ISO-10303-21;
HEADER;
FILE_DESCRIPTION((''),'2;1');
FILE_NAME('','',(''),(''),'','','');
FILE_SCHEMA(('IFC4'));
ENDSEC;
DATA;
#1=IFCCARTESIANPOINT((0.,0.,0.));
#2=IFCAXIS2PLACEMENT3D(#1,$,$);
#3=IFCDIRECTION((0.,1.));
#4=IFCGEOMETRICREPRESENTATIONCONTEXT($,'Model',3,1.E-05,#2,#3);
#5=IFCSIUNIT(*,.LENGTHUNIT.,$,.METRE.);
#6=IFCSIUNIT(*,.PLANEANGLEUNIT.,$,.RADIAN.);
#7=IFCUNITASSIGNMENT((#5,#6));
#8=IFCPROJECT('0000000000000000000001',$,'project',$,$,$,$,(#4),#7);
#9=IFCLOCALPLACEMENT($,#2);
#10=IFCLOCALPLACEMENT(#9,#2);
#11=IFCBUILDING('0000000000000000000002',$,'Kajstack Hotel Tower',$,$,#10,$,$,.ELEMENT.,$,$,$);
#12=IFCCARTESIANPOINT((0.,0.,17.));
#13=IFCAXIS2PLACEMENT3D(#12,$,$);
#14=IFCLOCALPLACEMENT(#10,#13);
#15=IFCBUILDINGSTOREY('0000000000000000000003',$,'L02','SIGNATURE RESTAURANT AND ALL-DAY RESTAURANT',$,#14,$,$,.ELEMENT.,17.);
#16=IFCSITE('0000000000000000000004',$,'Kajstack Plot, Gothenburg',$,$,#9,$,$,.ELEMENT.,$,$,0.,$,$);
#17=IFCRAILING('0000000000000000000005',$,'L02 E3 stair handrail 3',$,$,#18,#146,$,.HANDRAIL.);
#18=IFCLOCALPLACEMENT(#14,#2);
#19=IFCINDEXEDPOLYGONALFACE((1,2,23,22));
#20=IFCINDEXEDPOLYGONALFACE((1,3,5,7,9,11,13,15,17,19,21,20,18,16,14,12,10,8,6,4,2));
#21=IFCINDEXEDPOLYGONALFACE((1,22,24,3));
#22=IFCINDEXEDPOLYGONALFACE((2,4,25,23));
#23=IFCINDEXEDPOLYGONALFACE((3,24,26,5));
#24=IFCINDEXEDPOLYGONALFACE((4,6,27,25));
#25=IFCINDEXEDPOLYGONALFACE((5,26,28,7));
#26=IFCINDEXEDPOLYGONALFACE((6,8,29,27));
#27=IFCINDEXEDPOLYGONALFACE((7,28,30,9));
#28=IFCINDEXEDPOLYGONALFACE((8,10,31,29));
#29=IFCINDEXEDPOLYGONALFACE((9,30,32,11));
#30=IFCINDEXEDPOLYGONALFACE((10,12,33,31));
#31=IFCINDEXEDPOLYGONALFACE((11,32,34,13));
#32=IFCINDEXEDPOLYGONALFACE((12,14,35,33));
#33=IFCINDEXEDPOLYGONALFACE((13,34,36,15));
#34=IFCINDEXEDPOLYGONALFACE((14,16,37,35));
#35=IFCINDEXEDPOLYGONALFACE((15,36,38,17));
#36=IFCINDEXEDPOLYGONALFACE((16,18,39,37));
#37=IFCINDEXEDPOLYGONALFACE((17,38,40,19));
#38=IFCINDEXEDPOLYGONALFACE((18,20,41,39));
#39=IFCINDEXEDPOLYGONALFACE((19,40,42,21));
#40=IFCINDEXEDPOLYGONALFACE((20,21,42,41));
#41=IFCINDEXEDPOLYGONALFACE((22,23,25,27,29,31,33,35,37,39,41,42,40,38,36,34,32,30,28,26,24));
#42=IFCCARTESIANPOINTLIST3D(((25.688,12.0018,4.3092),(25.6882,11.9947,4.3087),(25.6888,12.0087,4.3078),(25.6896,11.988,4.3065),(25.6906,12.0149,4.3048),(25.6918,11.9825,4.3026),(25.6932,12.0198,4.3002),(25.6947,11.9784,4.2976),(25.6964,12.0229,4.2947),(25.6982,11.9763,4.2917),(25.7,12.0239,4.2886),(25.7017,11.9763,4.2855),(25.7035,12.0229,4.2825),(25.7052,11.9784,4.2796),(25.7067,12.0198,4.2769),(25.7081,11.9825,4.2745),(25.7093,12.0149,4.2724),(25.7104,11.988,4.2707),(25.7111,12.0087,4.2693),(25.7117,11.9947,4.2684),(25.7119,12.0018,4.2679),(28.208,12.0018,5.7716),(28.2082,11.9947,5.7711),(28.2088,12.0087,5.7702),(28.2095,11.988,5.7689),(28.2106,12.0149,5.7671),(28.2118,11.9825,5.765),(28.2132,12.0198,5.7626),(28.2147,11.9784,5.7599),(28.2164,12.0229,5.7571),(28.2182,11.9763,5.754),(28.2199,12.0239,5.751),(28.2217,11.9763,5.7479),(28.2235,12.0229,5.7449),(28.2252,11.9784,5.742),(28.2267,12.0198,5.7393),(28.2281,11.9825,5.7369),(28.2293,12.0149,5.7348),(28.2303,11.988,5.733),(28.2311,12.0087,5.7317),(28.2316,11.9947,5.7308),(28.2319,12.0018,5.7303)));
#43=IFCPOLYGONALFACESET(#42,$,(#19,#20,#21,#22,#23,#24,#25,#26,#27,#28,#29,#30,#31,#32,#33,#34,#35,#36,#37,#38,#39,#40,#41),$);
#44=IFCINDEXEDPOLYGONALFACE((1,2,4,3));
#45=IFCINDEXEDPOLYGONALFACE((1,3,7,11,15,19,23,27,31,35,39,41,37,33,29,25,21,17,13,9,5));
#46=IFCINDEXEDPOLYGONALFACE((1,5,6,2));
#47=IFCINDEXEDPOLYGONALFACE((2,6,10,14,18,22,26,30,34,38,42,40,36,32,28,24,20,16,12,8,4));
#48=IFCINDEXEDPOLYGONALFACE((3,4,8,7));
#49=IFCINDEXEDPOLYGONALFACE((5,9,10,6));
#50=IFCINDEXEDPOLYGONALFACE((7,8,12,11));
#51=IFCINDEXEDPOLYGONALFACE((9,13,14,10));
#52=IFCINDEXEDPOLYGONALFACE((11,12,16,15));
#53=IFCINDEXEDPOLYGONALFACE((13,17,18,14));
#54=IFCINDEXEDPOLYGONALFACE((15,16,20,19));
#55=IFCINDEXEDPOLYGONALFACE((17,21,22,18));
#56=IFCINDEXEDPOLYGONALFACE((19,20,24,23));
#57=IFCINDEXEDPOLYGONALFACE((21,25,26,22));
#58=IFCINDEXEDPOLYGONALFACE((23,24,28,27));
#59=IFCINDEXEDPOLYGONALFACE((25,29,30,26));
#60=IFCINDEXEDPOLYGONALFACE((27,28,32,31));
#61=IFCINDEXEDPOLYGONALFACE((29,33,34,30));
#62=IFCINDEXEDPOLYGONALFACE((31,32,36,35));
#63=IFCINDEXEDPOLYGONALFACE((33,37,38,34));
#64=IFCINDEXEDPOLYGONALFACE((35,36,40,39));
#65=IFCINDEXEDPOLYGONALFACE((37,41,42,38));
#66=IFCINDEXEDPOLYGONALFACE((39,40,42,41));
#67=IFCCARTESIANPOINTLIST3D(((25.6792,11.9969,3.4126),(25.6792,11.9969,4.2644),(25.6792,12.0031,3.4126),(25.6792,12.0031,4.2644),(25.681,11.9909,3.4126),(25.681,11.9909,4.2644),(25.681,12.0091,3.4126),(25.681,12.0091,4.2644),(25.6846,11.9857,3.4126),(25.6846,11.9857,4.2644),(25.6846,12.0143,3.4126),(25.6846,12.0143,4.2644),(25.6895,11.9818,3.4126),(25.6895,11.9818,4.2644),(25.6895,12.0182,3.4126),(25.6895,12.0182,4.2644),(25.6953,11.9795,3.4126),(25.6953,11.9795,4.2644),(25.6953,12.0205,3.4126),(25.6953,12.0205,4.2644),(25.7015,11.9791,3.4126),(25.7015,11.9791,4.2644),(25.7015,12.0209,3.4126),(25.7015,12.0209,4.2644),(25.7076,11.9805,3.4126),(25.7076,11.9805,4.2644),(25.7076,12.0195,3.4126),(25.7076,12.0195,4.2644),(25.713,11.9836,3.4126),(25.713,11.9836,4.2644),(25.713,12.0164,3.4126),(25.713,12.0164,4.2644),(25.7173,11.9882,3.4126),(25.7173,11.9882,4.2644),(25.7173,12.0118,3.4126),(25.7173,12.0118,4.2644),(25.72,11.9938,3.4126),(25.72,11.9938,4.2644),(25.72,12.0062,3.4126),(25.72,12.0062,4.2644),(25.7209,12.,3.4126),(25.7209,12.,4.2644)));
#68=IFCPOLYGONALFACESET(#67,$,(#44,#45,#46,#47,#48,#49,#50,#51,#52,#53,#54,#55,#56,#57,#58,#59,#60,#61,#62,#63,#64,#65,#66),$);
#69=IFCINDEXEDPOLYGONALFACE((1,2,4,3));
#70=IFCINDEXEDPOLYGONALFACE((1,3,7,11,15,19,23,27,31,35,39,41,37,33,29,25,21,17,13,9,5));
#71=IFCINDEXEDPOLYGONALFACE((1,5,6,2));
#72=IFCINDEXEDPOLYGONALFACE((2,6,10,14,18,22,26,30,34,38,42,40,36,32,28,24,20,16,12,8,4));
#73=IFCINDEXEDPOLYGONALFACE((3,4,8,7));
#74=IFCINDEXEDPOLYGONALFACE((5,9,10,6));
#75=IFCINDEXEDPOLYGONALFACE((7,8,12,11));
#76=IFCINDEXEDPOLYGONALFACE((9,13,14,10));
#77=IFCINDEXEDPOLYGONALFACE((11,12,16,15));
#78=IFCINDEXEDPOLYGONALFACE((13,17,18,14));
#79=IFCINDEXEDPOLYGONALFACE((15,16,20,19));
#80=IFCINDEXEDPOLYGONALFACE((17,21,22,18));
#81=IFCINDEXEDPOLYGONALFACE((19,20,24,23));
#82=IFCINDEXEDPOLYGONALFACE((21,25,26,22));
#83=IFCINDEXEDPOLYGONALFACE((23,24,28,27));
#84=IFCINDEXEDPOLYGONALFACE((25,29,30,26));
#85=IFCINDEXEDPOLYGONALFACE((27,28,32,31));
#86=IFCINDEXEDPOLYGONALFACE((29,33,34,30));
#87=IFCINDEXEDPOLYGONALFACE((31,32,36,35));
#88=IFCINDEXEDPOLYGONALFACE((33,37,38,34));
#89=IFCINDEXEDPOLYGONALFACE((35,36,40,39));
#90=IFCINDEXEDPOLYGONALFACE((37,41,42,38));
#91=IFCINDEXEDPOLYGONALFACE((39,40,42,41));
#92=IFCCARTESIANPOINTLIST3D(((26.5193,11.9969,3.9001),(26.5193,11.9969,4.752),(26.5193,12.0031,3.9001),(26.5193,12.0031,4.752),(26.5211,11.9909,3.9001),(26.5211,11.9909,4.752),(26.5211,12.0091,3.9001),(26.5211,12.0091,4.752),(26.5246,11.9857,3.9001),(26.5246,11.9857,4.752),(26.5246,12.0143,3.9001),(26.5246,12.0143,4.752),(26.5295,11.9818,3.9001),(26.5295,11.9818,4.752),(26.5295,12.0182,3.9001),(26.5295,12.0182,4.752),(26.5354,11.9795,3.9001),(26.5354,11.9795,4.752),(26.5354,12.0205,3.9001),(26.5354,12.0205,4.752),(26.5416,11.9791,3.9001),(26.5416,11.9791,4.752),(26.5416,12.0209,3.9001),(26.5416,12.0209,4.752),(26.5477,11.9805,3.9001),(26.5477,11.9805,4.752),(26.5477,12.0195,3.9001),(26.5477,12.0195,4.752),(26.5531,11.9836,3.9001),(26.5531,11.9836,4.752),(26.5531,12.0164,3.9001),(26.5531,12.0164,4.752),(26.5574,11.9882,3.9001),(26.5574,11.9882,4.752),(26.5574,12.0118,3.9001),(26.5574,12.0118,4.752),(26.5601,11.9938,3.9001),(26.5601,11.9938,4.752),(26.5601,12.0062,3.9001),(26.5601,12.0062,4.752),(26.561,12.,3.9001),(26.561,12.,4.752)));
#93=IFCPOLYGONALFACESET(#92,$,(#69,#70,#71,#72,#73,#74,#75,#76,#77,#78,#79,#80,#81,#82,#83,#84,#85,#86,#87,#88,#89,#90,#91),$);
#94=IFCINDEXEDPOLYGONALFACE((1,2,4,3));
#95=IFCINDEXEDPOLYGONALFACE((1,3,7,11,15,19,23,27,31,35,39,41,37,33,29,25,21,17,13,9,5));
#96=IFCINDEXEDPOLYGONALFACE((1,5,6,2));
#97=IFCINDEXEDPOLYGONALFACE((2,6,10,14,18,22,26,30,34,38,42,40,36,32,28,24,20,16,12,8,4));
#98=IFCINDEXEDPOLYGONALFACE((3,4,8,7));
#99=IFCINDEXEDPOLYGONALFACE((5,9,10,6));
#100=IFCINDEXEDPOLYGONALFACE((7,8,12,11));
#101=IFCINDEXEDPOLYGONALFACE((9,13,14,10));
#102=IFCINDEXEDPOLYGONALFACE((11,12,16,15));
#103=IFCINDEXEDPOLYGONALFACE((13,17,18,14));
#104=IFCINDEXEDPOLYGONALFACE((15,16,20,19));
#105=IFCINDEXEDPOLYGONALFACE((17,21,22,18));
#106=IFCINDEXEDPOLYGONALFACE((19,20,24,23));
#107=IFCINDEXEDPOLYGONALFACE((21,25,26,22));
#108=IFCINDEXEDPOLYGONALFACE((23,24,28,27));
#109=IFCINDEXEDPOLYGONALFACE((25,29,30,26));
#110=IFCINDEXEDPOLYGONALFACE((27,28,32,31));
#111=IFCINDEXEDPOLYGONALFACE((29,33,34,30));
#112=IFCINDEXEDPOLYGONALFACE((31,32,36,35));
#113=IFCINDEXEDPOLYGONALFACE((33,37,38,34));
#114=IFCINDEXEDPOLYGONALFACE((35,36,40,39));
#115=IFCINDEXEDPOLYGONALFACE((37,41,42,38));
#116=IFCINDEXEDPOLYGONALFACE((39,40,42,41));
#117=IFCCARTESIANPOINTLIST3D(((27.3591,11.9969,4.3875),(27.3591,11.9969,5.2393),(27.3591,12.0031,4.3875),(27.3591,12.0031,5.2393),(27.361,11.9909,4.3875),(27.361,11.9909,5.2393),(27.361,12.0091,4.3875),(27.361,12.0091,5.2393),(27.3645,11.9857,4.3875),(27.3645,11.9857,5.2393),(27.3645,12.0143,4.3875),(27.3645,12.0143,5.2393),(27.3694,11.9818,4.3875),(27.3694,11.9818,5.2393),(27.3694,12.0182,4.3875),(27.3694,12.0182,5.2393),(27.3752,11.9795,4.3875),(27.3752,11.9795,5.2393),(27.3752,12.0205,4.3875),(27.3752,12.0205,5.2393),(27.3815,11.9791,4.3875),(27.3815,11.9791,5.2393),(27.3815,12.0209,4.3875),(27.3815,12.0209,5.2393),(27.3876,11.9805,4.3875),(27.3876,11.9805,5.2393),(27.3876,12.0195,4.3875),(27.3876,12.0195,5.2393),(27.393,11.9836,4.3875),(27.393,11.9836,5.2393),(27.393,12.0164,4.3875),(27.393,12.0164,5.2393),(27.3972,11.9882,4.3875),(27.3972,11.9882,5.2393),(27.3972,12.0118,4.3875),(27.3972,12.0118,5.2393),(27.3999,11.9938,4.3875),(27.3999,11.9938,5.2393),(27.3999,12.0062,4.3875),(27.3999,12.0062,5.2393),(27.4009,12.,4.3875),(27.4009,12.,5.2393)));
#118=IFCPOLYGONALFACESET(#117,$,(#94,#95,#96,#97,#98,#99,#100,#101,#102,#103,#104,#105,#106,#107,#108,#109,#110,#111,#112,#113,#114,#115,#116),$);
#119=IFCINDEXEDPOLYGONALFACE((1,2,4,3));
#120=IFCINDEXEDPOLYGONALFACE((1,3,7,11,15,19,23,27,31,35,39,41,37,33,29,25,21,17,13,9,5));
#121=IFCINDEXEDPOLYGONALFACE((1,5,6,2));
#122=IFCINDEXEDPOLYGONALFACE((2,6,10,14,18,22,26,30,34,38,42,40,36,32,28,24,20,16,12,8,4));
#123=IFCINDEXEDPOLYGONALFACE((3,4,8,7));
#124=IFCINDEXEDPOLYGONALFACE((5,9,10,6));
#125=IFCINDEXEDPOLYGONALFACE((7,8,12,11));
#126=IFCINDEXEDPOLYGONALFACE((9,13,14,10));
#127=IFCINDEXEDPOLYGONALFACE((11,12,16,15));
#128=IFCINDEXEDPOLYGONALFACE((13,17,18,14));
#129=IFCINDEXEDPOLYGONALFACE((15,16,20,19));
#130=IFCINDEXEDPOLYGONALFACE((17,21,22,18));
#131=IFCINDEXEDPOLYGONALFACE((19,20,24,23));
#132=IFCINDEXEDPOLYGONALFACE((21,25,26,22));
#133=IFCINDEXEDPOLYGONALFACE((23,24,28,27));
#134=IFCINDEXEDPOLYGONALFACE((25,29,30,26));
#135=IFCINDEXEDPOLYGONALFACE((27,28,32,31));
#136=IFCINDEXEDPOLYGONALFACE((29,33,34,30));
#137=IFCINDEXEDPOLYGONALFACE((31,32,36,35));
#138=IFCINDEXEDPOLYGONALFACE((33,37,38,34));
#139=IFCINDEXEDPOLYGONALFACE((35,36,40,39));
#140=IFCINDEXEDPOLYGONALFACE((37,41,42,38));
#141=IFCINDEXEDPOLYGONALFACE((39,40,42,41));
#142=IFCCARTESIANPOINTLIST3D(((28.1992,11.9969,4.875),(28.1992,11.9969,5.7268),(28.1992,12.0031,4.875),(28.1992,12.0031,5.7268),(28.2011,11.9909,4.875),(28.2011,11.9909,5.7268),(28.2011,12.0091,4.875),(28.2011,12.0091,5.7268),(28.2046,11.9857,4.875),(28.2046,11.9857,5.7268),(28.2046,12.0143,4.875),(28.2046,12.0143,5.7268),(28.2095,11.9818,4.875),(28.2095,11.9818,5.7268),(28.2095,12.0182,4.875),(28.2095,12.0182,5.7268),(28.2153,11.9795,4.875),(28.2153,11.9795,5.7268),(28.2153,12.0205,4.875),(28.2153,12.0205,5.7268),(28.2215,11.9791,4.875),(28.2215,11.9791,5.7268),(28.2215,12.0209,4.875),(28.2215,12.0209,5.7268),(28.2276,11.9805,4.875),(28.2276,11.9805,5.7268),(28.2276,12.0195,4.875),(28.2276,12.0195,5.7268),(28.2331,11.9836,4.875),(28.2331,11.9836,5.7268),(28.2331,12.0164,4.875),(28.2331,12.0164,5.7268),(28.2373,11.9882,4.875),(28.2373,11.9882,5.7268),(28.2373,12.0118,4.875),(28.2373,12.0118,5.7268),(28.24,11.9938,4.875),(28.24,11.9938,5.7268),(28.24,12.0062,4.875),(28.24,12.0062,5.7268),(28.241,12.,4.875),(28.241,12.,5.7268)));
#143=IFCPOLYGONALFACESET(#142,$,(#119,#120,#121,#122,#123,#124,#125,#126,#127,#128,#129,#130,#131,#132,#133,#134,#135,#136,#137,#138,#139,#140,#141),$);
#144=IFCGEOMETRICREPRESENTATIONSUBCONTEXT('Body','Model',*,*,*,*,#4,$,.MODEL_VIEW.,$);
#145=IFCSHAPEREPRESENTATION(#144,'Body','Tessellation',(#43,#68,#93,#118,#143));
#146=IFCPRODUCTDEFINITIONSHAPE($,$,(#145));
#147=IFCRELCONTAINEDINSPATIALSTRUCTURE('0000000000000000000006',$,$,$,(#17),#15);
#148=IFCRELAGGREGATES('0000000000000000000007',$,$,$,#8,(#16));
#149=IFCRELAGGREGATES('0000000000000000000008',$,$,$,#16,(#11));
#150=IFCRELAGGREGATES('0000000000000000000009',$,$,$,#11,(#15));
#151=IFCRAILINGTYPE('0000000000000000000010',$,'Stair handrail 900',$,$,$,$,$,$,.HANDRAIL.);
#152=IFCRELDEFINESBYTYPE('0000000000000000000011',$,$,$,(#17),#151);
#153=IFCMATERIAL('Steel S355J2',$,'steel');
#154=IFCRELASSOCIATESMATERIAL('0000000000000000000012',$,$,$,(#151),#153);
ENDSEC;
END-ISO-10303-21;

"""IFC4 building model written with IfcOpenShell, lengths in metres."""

from ifc_helpers import new_model, si_unit, direction, frame, origin, origin_2d, place, context, subcontext, project, spatial, circle, extrude, material, type_object, element, save


model = new_model("IFC4")

# Units and contexts
model_context = context("Model", 3, precision=1e-05, world=origin(), true_north=direction((0.0, 1.0)))
body_context = subcontext(model_context, "Body", "Model", "MODEL_VIEW")
ifc_project = project(units=[si_unit("LENGTHUNIT", "METRE"), si_unit("PLANEANGLEUNIT", "RADIAN")], contexts=[model_context])

# Site, building, storey
site_placement = place(None, origin())
site = spatial("IfcSite", under=ifc_project, at=site_placement, Name="Kajstack Plot, Gothenburg", CompositionType="ELEMENT", RefElevation=0.0)
building_placement = place(site_placement, origin())
building = spatial("IfcBuilding", under=site, at=building_placement, Name="Kajstack Hotel Tower", CompositionType="ELEMENT")
storey_placement = place(building_placement, frame((0.0, 0.0, 17.0)))
storey = spatial("IfcBuildingStorey", under=building, at=storey_placement, Name="L02", Description="SIGNATURE RESTAURANT AND ALL-DAY RESTAURANT", CompositionType="ELEMENT", Elevation=17.0)

# Railing
ifc_material_1 = material(Name="Steel S355J2", Category="steel")
railing_type_1 = type_object("IfcRailingType", Name="Stair handrail 900", PredefinedType="HANDRAIL", material=ifc_material_1)
railing_1_placement = place(storey_placement, frame((25.7, 12.0, 3.4126)))
element("IfcRailing", 1, at=railing_1_placement, inside=storey, type_object=railing_type_1, Name="L02 E3 stair handrail 3", PredefinedType="HANDRAIL", context=body_context, shape_type="SweptSolid", body=[
    extrude(circle(Radius=0.0239, at=origin_2d()), frame((0.0, 0.0, 0.876), z_axis=(0.864913, 0.0, 0.501921), x_axis=(0.0, 1.0, 0.0)), (0.0, 0.0, 1.0), 2.9136),
    extrude(circle(Radius=0.021, at=origin_2d()), origin(), (0.0, 0.0, 1.0), 0.8518),
    extrude(circle(Radius=0.021, at=origin_2d()), frame((0.8401, 0.0, 0.4875)), (0.0, 0.0, 1.0), 0.8518),
    extrude(circle(Radius=0.021, at=origin_2d()), frame((1.6799, 0.0, 0.9749)), (0.0, 0.0, 1.0), 0.8518),
    extrude(circle(Radius=0.021, at=origin_2d()), frame((2.52, 0.0, 1.4624)), (0.0, 0.0, 1.0), 0.8518),
])

save(model, "model.ifc")
